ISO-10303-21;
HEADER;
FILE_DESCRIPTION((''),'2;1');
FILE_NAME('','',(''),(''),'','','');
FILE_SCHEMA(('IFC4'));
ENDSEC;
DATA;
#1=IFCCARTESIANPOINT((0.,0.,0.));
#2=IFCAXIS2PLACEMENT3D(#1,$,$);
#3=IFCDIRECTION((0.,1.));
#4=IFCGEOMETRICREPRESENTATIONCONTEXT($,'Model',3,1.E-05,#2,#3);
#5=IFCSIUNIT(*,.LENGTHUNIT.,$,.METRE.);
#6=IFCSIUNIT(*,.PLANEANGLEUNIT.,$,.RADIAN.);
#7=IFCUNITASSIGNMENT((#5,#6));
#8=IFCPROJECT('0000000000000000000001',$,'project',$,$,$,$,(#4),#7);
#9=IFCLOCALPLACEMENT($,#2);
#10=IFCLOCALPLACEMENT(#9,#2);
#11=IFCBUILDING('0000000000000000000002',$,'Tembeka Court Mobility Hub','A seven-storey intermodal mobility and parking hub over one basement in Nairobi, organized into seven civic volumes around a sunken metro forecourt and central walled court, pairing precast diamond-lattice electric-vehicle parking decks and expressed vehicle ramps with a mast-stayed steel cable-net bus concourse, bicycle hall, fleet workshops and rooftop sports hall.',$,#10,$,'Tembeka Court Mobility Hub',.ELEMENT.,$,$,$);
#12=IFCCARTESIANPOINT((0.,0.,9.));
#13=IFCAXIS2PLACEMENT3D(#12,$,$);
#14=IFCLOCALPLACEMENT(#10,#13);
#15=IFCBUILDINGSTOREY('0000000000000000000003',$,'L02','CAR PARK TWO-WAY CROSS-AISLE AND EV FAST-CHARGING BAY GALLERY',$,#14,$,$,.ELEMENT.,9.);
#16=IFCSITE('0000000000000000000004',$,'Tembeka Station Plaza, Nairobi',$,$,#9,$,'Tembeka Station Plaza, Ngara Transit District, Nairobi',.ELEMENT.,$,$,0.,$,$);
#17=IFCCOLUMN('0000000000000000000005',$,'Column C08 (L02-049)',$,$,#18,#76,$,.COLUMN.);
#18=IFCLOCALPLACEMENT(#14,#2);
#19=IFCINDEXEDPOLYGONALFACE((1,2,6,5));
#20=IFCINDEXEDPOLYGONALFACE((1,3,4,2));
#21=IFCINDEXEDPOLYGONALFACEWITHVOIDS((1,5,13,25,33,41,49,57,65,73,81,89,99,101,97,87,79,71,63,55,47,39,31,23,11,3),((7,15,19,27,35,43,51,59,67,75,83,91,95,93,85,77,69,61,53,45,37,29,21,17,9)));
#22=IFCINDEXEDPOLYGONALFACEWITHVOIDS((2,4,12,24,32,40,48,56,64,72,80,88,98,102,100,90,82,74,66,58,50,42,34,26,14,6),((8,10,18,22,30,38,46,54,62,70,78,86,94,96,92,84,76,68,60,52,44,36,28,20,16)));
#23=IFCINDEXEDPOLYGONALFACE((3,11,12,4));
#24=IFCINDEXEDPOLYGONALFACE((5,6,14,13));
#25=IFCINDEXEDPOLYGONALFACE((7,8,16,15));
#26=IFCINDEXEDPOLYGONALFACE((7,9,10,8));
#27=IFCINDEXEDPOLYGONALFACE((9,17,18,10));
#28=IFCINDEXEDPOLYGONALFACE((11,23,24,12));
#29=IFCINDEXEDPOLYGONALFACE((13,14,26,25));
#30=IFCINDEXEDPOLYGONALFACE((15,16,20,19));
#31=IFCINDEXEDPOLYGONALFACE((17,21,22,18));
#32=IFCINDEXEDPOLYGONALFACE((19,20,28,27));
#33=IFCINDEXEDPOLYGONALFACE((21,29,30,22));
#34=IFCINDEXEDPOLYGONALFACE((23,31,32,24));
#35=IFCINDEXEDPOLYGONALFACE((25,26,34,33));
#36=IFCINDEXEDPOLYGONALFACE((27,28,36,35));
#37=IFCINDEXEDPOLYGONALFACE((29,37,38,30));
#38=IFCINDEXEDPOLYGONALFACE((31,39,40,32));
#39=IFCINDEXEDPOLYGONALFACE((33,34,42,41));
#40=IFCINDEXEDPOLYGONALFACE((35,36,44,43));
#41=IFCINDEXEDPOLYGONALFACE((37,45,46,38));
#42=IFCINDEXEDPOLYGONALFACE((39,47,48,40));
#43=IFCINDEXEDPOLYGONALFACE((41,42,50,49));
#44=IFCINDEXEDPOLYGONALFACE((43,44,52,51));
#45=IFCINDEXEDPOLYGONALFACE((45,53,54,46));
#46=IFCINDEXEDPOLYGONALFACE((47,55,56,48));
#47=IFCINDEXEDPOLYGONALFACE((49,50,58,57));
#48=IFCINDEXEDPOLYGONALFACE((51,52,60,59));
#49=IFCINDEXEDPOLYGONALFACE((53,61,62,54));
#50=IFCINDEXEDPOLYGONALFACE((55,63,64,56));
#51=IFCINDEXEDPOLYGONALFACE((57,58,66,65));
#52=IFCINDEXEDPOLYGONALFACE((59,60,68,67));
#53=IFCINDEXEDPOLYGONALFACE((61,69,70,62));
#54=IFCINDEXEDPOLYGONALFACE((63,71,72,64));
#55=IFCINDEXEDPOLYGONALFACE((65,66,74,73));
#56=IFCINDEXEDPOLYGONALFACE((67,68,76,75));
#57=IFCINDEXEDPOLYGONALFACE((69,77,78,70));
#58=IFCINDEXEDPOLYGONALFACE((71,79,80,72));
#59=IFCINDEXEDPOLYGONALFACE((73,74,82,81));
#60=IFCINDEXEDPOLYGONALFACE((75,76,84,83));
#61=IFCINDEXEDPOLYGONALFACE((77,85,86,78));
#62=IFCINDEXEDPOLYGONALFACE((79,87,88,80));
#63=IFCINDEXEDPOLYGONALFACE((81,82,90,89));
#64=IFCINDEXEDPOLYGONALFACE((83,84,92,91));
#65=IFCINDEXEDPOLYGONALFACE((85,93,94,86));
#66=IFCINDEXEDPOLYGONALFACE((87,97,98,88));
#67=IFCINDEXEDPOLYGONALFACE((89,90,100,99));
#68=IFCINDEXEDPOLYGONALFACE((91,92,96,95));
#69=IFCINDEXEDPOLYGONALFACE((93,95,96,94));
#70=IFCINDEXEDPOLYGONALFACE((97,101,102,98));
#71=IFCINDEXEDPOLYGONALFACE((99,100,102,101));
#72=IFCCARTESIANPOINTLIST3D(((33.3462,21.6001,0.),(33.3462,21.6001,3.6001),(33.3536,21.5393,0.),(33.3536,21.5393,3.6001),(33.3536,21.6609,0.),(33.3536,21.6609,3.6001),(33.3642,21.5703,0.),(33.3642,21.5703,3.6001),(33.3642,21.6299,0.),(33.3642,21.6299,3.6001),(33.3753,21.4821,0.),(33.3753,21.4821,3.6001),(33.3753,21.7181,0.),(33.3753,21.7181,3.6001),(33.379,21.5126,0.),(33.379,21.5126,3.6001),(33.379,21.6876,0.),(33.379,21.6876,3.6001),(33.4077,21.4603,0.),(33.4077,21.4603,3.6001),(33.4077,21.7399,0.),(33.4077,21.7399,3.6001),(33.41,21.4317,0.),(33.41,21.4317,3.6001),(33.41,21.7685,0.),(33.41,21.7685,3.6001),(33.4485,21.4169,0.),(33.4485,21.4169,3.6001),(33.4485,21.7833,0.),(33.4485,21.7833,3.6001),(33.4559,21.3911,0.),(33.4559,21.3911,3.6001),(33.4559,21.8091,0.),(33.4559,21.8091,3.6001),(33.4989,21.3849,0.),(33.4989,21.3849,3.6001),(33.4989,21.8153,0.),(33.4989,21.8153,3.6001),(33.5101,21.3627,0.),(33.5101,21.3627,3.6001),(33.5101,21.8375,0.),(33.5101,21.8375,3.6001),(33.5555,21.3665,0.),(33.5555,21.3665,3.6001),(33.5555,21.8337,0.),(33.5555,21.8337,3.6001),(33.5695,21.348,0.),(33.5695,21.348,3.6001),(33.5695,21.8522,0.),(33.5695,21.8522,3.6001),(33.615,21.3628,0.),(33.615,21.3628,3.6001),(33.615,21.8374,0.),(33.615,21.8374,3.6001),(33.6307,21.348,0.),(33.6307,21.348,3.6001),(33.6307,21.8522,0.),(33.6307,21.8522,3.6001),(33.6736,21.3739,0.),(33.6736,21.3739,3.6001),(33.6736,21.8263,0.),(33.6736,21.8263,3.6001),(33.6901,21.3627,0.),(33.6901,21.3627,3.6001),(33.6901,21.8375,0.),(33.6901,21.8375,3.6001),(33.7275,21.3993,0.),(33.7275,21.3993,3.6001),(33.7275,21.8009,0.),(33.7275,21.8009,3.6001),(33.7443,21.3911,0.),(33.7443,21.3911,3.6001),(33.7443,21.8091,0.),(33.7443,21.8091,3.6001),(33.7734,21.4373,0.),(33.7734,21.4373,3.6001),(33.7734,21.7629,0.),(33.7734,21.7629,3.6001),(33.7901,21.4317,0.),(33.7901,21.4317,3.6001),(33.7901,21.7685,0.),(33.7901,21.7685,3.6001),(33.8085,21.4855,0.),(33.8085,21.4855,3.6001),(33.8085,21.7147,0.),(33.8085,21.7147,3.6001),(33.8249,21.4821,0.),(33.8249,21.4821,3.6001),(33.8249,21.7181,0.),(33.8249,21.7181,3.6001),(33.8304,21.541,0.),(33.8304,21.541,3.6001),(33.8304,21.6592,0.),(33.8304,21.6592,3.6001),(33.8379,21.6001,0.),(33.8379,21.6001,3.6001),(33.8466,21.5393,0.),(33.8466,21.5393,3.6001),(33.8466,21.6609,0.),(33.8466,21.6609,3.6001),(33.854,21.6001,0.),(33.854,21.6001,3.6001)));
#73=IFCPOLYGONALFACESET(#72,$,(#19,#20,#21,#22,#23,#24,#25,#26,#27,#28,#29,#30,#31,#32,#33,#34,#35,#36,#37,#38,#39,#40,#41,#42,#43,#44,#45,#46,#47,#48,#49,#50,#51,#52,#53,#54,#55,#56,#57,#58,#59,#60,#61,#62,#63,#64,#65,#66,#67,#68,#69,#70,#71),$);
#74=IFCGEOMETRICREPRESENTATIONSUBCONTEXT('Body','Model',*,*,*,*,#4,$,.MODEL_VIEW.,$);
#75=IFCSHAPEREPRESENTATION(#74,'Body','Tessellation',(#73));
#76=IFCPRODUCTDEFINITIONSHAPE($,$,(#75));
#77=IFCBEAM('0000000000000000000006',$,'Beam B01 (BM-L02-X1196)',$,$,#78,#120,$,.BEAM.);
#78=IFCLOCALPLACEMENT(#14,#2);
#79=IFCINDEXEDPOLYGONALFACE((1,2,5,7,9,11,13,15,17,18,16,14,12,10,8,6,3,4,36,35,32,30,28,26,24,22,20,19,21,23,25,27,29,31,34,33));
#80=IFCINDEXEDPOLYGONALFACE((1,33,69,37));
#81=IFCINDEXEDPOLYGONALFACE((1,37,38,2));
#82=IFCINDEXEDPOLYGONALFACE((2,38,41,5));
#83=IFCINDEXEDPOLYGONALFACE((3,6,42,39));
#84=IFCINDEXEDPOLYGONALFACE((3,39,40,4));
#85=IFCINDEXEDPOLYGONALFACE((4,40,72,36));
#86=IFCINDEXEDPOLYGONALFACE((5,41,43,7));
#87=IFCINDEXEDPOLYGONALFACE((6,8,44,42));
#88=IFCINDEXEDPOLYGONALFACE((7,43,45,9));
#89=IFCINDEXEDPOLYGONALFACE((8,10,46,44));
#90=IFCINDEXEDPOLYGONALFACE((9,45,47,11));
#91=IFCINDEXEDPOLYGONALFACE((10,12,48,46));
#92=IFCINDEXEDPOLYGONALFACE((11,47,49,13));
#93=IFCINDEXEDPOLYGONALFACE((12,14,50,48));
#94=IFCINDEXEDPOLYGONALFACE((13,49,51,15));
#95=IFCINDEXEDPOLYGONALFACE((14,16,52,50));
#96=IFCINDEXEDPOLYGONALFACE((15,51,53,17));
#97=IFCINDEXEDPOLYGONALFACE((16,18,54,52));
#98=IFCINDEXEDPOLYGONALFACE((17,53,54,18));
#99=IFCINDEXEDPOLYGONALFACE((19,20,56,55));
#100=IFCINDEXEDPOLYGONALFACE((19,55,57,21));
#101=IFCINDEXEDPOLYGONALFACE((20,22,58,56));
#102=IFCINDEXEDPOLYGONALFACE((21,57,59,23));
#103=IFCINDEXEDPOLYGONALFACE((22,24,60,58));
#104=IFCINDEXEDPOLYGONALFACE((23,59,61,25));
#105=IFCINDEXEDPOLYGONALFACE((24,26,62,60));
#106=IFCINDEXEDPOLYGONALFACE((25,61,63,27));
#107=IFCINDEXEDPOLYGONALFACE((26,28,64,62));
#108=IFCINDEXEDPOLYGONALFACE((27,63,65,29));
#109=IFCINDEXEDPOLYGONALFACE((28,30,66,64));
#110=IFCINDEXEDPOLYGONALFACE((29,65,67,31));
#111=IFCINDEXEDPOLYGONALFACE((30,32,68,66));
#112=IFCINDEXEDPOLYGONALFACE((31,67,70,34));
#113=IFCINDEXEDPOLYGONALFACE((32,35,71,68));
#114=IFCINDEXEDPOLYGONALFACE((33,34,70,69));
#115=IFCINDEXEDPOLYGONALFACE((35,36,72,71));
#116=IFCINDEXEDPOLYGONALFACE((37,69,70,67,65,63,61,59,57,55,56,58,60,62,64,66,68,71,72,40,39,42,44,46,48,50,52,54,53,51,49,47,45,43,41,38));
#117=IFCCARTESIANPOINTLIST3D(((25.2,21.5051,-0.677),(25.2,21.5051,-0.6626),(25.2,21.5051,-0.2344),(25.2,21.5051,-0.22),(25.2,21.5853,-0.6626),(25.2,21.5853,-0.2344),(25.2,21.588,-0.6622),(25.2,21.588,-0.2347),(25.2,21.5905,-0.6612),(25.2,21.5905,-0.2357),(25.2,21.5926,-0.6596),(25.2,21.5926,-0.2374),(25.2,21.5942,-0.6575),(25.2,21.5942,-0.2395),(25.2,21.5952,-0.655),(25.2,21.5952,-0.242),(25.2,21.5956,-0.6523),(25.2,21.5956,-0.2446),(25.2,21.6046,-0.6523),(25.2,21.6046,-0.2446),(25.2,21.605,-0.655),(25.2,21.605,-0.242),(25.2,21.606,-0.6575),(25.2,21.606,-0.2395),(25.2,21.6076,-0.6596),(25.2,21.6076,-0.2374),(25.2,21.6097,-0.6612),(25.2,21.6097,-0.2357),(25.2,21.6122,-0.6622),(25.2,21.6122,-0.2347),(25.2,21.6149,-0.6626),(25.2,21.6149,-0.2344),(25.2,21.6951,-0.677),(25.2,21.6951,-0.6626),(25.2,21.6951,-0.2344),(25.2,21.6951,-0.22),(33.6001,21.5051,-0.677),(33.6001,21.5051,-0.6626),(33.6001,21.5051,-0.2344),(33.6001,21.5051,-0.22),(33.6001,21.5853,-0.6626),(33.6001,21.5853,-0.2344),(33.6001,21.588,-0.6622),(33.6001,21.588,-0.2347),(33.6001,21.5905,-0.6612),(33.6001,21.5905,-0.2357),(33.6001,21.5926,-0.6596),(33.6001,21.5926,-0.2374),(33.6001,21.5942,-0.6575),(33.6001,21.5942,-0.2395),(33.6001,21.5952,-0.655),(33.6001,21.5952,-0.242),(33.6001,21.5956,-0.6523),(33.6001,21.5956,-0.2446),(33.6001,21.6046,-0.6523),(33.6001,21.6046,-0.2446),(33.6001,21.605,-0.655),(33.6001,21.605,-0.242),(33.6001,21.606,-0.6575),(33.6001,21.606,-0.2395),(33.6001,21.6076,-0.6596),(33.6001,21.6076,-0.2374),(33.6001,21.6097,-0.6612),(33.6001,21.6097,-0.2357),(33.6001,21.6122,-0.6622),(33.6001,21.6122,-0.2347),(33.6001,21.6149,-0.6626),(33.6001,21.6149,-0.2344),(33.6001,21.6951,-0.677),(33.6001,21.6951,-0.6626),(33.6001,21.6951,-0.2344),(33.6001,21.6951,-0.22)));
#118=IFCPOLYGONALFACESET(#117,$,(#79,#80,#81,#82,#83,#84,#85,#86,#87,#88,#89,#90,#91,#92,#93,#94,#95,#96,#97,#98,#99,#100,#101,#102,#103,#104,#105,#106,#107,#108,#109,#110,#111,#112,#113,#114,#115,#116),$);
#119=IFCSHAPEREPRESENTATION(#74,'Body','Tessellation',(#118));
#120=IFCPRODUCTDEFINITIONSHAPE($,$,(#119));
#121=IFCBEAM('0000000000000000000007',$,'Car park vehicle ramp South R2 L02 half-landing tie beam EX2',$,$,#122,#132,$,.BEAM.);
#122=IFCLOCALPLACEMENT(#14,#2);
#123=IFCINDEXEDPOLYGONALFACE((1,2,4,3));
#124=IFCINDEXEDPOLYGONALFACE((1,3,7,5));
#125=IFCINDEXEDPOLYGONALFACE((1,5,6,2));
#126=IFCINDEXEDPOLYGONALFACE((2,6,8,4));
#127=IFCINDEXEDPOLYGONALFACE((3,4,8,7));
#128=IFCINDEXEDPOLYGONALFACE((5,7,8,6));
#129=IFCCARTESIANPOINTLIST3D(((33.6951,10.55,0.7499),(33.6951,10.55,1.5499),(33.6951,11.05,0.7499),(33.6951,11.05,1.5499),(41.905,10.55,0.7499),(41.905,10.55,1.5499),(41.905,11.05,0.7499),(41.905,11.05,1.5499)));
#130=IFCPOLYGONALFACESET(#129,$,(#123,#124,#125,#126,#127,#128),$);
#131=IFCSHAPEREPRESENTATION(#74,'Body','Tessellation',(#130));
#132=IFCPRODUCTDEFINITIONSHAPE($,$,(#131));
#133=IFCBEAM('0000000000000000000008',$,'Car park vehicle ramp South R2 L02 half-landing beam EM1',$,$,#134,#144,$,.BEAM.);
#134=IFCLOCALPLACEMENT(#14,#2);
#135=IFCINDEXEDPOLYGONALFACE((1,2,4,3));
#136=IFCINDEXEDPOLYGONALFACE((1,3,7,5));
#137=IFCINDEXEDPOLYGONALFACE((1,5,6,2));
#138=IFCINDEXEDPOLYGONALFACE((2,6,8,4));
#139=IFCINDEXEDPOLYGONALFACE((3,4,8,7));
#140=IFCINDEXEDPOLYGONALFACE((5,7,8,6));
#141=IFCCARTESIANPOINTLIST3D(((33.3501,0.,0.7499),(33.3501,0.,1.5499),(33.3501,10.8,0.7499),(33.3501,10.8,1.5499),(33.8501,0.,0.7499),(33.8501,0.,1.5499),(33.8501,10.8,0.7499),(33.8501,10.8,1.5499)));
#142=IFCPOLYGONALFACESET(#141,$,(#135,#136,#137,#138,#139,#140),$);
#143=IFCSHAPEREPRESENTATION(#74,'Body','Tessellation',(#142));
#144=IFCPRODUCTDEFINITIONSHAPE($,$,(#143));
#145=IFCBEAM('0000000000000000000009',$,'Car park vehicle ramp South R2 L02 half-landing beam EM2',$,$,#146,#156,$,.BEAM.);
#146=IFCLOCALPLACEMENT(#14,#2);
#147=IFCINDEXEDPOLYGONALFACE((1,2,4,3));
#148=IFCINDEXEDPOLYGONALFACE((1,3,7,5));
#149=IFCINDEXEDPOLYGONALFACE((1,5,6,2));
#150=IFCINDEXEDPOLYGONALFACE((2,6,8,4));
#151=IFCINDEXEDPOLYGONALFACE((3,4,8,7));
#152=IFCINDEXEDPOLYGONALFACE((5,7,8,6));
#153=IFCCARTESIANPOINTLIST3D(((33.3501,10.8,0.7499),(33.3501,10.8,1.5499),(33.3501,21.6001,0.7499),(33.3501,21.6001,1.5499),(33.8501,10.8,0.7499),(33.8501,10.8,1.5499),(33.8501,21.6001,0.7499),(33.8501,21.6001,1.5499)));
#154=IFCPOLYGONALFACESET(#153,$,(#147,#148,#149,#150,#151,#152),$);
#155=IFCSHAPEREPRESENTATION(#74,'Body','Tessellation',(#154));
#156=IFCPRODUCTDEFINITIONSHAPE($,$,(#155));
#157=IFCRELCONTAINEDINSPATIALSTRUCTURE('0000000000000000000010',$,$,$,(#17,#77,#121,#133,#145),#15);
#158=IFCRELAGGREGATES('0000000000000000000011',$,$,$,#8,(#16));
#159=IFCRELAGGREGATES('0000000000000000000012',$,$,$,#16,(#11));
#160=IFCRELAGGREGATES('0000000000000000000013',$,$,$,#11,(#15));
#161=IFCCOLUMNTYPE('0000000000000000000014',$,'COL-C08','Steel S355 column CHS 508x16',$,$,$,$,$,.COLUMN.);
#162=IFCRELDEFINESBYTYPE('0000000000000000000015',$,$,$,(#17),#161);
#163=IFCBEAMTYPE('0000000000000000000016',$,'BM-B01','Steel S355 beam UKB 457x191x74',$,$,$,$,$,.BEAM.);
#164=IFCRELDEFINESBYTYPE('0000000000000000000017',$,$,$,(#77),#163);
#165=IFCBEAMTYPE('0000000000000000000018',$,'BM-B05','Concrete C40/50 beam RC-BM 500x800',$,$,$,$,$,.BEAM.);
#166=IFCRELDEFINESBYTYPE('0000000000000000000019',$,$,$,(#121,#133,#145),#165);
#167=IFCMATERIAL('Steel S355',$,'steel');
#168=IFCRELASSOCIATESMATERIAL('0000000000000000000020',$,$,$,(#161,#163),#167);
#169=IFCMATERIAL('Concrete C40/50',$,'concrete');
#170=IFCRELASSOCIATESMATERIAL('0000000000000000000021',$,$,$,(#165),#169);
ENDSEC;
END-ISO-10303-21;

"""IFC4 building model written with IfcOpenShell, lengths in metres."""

from ifc_helpers import new_model, si_unit, direction, frame, origin, origin_2d, place, context, subcontext, project, spatial, rectangle, hollow_circle, i_section, extrude, material, material_profile, profile_set, type_object, element, save


model = new_model("IFC4")

# Units and contexts
model_context = context("Model", 3, precision=1e-05, world=origin(), true_north=direction((0.0, 1.0)))
body_context = subcontext(model_context, "Body", "Model", "MODEL_VIEW")
ifc_project = project(units=[si_unit("LENGTHUNIT", "METRE"), si_unit("PLANEANGLEUNIT", "RADIAN")], contexts=[model_context])

# Site, building, storey
site_placement = place(None, origin())
site = spatial("IfcSite", under=ifc_project, at=site_placement, Name="Tembeka Station Plaza, Nairobi", LongName="Tembeka Station Plaza, Ngara Transit District, Nairobi", CompositionType="ELEMENT", RefElevation=0.0)
building_placement = place(site_placement, origin())
building = spatial("IfcBuilding", under=site, at=building_placement, Name="Tembeka Court Mobility Hub", Description="A seven-storey intermodal mobility and parking hub over one basement in Nairobi, organized into seven civic volumes around a sunken metro forecourt and central walled court, pairing precast diamond-lattice electric-vehicle parking decks and expressed vehicle ramps with a mast-stayed steel cable-net bus concourse, bicycle hall, fleet workshops and rooftop sports hall.", LongName="Tembeka Court Mobility Hub", CompositionType="ELEMENT")
storey_placement = place(building_placement, frame((0.0, 0.0, 9.0)))
storey = spatial("IfcBuildingStorey", under=building, at=storey_placement, Name="L02", Description="CAR PARK TWO-WAY CROSS-AISLE AND EV FAST-CHARGING BAY GALLERY", CompositionType="ELEMENT", Elevation=9.0)

# Column
ifc_material_1 = material(Name="Steel S355", Category="steel")
ifc_material_profile_1 = material_profile(ifc_material_1, hollow_circle(Radius=0.2539, WallThickness=0.0161, at=origin_2d()), Name="CHS 508x16")
ifc_profile_set_1 = profile_set([ifc_material_profile_1], Name="Steel S355")
column_type_1 = type_object("IfcColumnType", Name="COL-C08", Description="Steel S355 column CHS 508x16", PredefinedType="COLUMN", material=ifc_profile_set_1)
for number, where, z_axis, x_axis, name in (
    (1, (33.6001, 21.6001, 0.0), (0.0, 0.0, 1.0), (1.0, 0.0, 0.0), "Column C08 (L02-049)"),
):
    element("IfcColumn", number, at=place(storey_placement, frame(where, z_axis=z_axis, x_axis=x_axis)), inside=storey, type_object=column_type_1, Name=name, PredefinedType="COLUMN", context=body_context, shape_type="SweptSolid", body=[
        extrude(hollow_circle(Radius=0.2539, WallThickness=0.0161, at=origin_2d()), origin(), (0.0, 0.0, 1.0), 3.6001),
    ])

# Beams
ifc_material_profile_2 = material_profile(ifc_material_1, i_section(OverallWidth=0.1899, OverallDepth=0.457, WebThickness=0.009, FlangeThickness=0.0144, FilletRadius=0.0103, at=origin_2d()), Name="UKB 457x191x74")
ifc_profile_set_2 = profile_set([ifc_material_profile_2], Name="Steel S355")
beam_type_1 = type_object("IfcBeamType", Name="BM-B01", Description="Steel S355 beam UKB 457x191x74", PredefinedType="BEAM", material=ifc_profile_set_2)
beam_1_placement = place(storey_placement, frame((25.2, 21.6001, -0.4485), z_axis=(1.0, 0.0, 0.0), x_axis=(0.0, 1.0, 0.0)))
element("IfcBeam", 2, at=beam_1_placement, inside=storey, type_object=beam_type_1, Name="Beam B01 (BM-L02-X1196)", PredefinedType="BEAM", context=body_context, shape_type="SweptSolid", body=[
    extrude(i_section(OverallWidth=0.1899, OverallDepth=0.457, WebThickness=0.009, FlangeThickness=0.0144, FilletRadius=0.0103, at=origin_2d()), origin(), (0.0, 0.0, 1.0), 8.4001),
])
ifc_material_2 = material(Name="Concrete C40/50", Category="concrete")
ifc_material_profile_3 = material_profile(ifc_material_2, rectangle(XDim=0.5, YDim=0.8, at=origin_2d()), Name="RC-BM 500x800")
ifc_profile_set_3 = profile_set([ifc_material_profile_3], Name="Concrete C40/50")
beam_type_2 = type_object("IfcBeamType", Name="BM-B05", Description="Concrete C40/50 beam RC-BM 500x800", PredefinedType="BEAM", material=ifc_profile_set_3)
beam_2_placement = place(storey_placement, frame((33.6951, 10.8, 1.1499), z_axis=(1.0, 0.0, 0.0), x_axis=(0.0, 1.0, 0.0)))
element("IfcBeam", 3, at=beam_2_placement, inside=storey, type_object=beam_type_2, Name="Car park vehicle ramp South R2 L02 half-landing tie beam EX2", PredefinedType="BEAM", context=body_context, shape_type="SweptSolid", body=[
    extrude(rectangle(XDim=0.5, YDim=0.8, at=origin_2d()), origin(), (0.0, 0.0, 1.0), 8.21),
])
for number, where, z_axis, x_axis, name in (
    (4, (33.6001, 0.0, 1.1499), (0.0, 1.0, 0.0), (-1.0, 0.0, 0.0), "Car park vehicle ramp South R2 L02 half-landing beam EM1"),
    (5, (33.6001, 10.8, 1.1499), (0.0, 1.0, 0.0), (-1.0, 0.0, 0.0), "Car park vehicle ramp South R2 L02 half-landing beam EM2"),
):
    element("IfcBeam", number, at=place(storey_placement, frame(where, z_axis=z_axis, x_axis=x_axis)), inside=storey, type_object=beam_type_2, Name=name, PredefinedType="BEAM", context=body_context, shape_type="SweptSolid", body=[
        extrude(rectangle(XDim=0.5, YDim=0.8, at=origin_2d()), origin(), (0.0, 0.0, 1.0), 10.8),
    ])

save(model, "model.ifc")
